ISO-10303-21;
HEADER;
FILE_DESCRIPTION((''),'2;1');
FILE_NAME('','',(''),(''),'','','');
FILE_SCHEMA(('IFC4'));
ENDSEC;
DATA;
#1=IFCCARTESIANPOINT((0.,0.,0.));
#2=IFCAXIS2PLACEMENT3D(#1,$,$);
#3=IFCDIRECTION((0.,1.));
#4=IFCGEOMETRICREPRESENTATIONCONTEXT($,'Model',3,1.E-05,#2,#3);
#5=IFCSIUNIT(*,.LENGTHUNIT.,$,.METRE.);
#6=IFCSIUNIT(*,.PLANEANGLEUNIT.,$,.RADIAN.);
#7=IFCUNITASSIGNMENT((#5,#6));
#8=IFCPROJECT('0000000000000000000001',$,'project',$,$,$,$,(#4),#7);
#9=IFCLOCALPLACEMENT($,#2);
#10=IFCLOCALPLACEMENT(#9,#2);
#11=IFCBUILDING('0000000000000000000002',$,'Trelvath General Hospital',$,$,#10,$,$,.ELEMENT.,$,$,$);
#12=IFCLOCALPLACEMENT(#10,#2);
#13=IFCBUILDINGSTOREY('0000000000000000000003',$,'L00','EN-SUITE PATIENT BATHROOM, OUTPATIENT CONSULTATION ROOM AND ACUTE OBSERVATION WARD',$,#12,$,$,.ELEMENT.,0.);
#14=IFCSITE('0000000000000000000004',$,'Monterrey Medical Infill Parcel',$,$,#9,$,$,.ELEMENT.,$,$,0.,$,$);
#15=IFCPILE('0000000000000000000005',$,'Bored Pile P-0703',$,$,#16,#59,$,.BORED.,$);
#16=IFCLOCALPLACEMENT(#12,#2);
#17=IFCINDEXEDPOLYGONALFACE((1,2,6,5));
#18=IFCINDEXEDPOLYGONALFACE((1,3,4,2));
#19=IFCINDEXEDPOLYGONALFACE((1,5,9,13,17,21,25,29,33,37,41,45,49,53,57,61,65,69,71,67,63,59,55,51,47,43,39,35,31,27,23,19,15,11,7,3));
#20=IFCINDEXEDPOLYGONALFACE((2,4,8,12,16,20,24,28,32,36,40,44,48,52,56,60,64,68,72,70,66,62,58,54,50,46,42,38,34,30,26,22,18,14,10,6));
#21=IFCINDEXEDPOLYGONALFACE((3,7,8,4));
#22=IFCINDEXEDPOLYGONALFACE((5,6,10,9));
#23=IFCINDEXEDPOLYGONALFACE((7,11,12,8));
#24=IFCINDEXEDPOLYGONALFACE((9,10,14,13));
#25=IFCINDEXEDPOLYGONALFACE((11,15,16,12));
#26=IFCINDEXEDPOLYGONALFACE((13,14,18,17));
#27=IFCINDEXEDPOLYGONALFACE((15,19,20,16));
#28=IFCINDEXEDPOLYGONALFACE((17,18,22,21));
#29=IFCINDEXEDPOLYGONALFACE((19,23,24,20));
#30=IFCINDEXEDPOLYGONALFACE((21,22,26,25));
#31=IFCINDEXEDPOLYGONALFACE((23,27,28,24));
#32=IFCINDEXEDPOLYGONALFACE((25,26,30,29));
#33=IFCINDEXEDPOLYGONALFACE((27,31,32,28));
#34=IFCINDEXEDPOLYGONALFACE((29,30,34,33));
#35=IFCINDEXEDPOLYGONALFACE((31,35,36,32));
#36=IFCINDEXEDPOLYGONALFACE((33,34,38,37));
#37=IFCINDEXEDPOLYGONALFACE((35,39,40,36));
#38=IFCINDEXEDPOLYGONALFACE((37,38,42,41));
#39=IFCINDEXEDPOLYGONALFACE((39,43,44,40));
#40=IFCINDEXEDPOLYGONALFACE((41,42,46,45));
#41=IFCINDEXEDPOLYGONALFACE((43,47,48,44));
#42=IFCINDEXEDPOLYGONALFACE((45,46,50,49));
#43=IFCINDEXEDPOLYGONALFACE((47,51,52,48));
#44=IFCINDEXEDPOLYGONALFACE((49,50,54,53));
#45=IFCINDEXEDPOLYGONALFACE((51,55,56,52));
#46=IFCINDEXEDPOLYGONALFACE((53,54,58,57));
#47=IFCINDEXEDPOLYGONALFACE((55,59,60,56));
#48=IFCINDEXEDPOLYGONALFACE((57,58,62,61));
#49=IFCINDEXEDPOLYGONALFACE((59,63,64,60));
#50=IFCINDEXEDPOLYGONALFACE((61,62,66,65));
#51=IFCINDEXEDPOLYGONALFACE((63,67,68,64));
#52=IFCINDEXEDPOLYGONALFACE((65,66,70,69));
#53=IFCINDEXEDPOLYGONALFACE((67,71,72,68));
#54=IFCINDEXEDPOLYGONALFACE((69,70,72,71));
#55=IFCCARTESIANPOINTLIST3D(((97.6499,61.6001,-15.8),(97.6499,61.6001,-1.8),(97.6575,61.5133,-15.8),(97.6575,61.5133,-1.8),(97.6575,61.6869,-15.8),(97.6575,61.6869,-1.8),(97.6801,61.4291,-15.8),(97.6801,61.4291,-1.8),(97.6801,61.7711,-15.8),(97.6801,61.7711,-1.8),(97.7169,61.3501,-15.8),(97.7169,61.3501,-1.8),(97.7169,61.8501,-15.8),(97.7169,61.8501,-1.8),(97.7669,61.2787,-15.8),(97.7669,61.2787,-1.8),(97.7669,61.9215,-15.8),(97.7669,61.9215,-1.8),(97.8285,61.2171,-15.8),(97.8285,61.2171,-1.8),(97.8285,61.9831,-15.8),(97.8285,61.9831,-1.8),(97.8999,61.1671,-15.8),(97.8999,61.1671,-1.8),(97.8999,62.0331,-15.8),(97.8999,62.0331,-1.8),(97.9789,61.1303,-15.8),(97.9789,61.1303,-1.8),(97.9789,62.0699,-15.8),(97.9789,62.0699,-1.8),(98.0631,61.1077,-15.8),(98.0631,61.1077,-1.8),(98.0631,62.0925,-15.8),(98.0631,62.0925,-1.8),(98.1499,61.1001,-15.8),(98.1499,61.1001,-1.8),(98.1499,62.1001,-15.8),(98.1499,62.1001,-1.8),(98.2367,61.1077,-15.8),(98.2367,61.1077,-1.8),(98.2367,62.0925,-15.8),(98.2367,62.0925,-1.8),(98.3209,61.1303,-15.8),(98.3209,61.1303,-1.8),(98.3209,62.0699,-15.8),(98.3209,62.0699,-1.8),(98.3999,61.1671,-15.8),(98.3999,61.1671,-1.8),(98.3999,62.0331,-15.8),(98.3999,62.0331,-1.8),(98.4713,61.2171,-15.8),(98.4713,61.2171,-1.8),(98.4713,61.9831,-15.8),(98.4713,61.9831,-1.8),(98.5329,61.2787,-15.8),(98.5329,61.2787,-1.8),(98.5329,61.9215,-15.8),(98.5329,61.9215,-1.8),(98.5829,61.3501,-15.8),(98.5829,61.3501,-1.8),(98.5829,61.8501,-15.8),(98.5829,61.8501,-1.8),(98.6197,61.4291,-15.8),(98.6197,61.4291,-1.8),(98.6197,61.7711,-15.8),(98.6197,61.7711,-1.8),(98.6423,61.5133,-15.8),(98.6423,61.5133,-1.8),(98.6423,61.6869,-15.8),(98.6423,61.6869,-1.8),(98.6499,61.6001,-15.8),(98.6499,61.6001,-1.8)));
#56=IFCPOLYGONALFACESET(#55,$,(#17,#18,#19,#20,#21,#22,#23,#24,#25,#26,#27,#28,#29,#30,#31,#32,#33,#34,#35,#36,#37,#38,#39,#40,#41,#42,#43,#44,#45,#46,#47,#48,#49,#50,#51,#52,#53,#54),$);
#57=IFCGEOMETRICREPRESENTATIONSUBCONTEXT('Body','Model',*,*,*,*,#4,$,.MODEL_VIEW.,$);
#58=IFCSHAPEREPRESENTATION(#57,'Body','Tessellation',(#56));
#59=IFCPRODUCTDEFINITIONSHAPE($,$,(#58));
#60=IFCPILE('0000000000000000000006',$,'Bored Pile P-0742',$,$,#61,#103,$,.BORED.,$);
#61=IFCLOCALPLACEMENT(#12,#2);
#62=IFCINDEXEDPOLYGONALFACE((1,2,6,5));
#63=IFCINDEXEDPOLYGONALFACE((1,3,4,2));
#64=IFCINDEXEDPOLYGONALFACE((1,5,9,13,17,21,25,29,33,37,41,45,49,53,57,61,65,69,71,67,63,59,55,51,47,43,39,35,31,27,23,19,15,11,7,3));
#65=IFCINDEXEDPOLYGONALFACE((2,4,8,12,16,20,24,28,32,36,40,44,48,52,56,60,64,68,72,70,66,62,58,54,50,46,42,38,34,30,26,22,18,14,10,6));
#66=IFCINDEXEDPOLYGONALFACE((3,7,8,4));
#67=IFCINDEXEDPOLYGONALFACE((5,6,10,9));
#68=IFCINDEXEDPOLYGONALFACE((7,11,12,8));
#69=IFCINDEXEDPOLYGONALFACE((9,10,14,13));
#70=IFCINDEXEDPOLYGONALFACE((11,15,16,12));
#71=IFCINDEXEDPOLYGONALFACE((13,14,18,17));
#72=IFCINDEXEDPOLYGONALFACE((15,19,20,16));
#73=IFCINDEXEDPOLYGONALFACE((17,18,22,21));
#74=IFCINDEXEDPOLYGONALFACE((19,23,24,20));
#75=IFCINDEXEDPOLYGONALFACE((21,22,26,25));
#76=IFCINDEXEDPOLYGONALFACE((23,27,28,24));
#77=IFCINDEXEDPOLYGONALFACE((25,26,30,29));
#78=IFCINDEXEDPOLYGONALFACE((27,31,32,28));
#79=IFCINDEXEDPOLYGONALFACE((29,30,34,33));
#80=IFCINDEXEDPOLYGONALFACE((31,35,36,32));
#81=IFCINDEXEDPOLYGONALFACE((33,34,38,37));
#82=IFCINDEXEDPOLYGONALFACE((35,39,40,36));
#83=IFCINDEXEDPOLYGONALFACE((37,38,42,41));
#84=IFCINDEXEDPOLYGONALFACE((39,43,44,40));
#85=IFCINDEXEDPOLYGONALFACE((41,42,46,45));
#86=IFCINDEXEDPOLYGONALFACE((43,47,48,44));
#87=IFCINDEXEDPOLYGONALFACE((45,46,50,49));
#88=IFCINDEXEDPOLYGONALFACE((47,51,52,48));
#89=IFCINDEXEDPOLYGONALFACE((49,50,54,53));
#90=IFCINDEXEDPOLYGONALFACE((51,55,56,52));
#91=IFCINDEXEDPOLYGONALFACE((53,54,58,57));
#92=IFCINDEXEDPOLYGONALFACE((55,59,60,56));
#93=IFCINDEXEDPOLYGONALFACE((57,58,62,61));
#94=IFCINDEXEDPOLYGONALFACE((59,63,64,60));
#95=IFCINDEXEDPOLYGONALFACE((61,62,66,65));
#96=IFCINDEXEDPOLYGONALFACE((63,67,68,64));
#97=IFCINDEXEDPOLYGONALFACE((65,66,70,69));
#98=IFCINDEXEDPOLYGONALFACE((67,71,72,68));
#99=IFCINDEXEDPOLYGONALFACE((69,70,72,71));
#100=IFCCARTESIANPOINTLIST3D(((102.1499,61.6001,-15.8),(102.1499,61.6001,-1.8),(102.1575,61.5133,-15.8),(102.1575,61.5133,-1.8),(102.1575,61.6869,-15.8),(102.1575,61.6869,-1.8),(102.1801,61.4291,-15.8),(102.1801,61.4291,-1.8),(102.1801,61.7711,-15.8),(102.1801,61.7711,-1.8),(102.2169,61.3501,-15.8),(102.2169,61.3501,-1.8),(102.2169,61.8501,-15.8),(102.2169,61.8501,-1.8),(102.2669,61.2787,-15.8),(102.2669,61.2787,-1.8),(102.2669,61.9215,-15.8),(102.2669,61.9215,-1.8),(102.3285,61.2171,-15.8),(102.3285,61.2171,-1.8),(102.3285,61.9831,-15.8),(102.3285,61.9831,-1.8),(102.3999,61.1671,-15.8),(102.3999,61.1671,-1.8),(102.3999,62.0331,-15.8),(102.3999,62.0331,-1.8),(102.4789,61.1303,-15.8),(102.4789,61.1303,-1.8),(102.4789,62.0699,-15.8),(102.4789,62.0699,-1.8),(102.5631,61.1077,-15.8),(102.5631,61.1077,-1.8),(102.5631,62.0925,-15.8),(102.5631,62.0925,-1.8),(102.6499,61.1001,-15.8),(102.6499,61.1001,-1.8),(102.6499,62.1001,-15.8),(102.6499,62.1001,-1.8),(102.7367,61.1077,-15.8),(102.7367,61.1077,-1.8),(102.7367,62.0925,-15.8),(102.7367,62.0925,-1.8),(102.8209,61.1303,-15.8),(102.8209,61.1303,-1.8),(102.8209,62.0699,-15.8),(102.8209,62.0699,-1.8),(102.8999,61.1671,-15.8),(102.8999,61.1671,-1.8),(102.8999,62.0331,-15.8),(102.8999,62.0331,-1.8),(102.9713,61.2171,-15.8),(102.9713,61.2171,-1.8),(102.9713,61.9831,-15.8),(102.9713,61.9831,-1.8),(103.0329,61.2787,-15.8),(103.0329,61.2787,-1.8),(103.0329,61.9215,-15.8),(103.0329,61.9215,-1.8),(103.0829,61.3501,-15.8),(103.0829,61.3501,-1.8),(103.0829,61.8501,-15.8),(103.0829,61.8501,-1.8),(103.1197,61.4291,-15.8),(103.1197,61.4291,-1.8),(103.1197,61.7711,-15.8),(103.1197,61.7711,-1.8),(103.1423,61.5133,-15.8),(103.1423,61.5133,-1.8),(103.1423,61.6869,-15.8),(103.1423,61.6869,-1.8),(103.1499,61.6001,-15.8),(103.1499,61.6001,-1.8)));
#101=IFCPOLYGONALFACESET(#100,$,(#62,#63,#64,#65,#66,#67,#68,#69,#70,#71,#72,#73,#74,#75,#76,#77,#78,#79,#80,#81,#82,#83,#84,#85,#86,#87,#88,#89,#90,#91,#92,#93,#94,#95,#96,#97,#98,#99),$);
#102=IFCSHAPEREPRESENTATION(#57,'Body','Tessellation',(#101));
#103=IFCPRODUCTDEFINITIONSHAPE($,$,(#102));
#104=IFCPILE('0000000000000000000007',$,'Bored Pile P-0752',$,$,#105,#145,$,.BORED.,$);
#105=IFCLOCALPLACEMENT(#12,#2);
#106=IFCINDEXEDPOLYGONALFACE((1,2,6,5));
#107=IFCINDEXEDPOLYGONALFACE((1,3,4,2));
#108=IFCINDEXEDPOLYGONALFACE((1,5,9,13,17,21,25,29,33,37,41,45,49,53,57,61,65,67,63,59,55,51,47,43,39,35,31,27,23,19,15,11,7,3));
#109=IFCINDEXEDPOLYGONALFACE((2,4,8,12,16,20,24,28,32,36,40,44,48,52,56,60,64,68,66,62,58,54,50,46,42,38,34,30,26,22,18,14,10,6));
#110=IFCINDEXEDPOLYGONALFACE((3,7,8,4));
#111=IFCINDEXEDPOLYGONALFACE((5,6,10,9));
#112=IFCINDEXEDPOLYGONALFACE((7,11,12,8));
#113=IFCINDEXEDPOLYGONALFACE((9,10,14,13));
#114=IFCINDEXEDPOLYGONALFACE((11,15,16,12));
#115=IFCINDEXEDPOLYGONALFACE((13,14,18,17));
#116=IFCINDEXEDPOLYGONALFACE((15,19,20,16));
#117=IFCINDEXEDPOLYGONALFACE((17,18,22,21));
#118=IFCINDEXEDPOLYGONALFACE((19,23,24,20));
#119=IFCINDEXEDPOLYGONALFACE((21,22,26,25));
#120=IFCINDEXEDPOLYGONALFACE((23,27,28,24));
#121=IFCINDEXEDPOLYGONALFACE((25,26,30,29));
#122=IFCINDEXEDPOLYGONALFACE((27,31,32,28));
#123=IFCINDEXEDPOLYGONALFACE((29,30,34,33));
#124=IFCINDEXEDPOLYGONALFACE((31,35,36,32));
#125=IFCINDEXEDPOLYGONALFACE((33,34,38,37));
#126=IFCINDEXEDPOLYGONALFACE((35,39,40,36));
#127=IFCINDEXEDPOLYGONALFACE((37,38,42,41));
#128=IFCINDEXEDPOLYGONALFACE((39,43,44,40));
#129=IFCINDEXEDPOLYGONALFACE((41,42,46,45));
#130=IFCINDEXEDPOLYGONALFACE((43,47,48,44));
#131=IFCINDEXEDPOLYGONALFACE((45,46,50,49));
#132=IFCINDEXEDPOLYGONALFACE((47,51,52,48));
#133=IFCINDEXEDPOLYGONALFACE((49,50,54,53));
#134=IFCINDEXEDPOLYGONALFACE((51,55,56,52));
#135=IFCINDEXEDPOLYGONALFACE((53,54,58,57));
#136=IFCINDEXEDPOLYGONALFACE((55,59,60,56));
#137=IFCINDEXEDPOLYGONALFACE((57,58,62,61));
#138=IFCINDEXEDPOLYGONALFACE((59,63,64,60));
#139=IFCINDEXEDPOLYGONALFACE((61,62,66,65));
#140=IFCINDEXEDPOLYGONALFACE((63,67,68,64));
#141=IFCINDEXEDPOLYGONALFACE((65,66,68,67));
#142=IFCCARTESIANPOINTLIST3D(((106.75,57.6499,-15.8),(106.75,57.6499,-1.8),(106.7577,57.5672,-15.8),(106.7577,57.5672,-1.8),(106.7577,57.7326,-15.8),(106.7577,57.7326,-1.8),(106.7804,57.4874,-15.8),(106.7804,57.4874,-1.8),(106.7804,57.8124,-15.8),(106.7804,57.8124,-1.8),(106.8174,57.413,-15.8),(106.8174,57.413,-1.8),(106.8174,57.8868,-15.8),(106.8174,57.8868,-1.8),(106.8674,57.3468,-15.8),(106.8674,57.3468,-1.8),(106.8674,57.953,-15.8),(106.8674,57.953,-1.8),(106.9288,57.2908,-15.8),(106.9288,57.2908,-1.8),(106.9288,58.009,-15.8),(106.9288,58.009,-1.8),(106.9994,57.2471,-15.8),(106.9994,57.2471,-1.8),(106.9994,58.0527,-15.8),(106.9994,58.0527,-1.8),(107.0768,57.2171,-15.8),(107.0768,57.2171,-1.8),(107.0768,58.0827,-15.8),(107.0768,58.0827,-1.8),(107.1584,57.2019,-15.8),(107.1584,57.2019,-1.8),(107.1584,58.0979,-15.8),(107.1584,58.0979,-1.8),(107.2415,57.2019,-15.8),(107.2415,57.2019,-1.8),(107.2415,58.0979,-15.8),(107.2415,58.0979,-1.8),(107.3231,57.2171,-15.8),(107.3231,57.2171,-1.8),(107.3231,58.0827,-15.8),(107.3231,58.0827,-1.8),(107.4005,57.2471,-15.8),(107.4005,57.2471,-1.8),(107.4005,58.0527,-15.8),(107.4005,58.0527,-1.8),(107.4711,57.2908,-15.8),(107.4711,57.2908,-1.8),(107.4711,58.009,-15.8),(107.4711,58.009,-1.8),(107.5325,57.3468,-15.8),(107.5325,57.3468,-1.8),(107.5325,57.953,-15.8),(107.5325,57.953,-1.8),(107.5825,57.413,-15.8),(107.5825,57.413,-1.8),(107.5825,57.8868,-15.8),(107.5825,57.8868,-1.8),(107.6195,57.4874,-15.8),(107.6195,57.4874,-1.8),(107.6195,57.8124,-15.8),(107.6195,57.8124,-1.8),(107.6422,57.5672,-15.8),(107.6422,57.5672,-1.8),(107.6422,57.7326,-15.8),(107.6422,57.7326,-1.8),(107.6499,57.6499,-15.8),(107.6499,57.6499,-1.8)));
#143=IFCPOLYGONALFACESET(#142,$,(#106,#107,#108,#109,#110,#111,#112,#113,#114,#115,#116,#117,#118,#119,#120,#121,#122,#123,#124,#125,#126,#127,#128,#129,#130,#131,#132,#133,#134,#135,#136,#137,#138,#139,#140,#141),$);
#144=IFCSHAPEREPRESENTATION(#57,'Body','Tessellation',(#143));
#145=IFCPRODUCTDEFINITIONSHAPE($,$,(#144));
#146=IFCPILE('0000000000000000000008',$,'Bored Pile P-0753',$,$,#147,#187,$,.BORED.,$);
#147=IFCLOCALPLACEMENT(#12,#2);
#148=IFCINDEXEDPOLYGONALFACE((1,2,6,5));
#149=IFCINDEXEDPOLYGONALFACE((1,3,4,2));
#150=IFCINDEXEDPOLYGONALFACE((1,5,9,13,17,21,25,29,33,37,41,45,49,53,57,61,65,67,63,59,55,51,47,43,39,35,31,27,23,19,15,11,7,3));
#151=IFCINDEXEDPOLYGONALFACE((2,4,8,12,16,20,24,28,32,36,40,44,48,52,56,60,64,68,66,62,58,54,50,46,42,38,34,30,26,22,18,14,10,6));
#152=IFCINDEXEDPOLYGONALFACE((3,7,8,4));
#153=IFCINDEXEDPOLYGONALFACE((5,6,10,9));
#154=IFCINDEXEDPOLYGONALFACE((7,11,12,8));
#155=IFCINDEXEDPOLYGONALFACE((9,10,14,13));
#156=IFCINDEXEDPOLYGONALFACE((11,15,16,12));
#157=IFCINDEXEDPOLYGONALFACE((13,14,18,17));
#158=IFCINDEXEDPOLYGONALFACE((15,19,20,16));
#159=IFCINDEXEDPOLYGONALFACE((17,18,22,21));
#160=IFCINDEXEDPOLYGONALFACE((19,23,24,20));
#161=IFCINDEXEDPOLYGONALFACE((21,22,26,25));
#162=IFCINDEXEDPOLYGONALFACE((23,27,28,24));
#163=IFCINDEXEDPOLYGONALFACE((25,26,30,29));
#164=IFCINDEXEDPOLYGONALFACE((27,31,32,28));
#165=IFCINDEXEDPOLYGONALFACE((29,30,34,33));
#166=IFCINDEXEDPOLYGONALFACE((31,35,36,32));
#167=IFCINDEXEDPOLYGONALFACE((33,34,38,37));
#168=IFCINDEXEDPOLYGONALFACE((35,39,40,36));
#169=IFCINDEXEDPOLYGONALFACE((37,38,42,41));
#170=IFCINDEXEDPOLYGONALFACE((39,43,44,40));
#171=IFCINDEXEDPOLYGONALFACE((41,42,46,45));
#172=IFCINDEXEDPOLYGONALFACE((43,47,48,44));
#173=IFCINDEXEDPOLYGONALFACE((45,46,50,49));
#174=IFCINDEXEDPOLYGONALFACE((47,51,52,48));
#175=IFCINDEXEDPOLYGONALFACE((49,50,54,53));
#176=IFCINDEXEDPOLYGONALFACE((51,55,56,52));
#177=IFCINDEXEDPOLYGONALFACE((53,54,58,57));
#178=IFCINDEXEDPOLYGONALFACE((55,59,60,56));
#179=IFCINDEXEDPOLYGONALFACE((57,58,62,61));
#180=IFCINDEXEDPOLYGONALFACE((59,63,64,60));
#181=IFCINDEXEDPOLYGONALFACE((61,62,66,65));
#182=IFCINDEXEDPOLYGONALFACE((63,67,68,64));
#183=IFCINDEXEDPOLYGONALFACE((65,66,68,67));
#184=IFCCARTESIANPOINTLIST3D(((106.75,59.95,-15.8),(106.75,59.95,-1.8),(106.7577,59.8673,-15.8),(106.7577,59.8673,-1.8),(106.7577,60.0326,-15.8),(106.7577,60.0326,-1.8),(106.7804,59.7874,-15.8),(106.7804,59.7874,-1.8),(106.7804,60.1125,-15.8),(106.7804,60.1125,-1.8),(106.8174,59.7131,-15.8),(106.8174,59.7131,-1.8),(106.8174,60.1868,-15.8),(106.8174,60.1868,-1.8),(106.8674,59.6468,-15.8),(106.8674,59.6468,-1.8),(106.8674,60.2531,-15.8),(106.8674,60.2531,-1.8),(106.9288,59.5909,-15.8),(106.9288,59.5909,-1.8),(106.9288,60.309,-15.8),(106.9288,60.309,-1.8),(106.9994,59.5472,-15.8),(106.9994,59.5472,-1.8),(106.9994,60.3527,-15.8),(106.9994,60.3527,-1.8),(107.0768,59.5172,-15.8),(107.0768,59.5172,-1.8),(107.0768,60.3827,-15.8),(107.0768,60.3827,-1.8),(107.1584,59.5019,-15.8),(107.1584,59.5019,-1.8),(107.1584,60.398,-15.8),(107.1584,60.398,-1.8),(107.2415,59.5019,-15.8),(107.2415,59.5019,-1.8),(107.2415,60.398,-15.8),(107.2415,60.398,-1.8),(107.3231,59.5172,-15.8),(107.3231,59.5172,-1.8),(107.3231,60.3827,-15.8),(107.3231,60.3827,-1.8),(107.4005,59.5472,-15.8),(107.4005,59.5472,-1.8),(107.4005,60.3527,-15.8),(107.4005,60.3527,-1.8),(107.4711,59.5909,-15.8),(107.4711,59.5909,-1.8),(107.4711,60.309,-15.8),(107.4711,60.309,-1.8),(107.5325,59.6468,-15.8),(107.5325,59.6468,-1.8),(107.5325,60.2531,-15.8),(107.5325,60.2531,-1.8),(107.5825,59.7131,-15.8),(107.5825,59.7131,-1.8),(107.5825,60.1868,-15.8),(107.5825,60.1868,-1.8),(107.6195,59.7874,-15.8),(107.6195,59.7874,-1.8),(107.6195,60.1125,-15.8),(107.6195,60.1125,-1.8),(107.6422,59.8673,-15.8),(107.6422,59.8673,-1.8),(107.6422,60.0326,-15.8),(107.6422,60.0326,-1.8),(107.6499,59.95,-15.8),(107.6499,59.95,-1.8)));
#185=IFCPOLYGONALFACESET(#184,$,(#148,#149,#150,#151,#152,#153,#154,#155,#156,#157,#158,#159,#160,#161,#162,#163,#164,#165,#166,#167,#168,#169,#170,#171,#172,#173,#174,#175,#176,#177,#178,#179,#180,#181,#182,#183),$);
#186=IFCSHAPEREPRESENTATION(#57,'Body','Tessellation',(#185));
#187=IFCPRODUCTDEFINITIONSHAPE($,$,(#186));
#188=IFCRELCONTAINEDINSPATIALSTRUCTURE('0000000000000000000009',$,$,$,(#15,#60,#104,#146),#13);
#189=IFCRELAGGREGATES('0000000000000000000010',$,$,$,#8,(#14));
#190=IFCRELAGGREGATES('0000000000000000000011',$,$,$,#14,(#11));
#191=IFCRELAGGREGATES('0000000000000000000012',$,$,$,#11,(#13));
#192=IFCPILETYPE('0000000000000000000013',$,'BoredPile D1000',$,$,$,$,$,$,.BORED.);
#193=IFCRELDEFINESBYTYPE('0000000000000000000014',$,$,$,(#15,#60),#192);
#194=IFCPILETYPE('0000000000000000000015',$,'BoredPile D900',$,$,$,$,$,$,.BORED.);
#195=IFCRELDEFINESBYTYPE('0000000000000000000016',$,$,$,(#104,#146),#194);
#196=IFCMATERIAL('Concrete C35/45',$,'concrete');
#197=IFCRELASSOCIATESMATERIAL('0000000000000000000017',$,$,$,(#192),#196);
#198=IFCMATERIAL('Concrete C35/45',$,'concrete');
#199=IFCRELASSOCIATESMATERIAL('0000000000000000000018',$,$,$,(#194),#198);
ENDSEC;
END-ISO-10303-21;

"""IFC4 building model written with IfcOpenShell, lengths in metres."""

from ifc_helpers import new_model, si_unit, direction, frame, origin, origin_2d, place, context, subcontext, project, spatial, circle, extrude, material, material_profile, profile_set, type_object, element, save


model = new_model("IFC4")

# Units and contexts
model_context = context("Model", 3, precision=1e-05, world=origin(), true_north=direction((0.0, 1.0)))
body_context = subcontext(model_context, "Body", "Model", "MODEL_VIEW")
ifc_project = project(units=[si_unit("LENGTHUNIT", "METRE"), si_unit("PLANEANGLEUNIT", "RADIAN")], contexts=[model_context])

# Site, building, storey
site_placement = place(None, origin())
site = spatial("IfcSite", under=ifc_project, at=site_placement, Name="Monterrey Medical Infill Parcel", CompositionType="ELEMENT", RefElevation=0.0)
building_placement = place(site_placement, origin())
building = spatial("IfcBuilding", under=site, at=building_placement, Name="Trelvath General Hospital", CompositionType="ELEMENT")
storey_placement = place(building_placement, origin())
storey = spatial("IfcBuildingStorey", under=building, at=storey_placement, Name="L00", Description="EN-SUITE PATIENT BATHROOM, OUTPATIENT CONSULTATION ROOM AND ACUTE OBSERVATION WARD", CompositionType="ELEMENT", Elevation=0.0)

# Piles
ifc_material_1 = material(Name="Concrete C35/45", Category="concrete")
ifc_material_profile_1 = material_profile(ifc_material_1, circle(Radius=0.5, at=origin_2d()), Name="PILE1000")
ifc_profile_set_1 = profile_set([ifc_material_profile_1], Name="Concrete C35/45")
pile_type_1 = type_object("IfcPileType", Name="BoredPile D1000", PredefinedType="BORED", material=ifc_profile_set_1)
for number, where, z_axis, x_axis, name in (
    (1, (98.1499, 61.6001, -1.8), (0.0, 0.0, -1.0), (1.0, 0.0, 0.0), "Bored Pile P-0703"),
    (2, (102.6499, 61.6001, -1.8), (0.0, 0.0, -1.0), (1.0, 0.0, 0.0), "Bored Pile P-0742"),
):
    element("IfcPile", number, at=place(storey_placement, frame(where, z_axis=z_axis, x_axis=x_axis)), inside=storey, type_object=pile_type_1, Name=name, PredefinedType="BORED", context=body_context, shape_type="SweptSolid", body=[
        extrude(circle(Radius=0.5, at=origin_2d()), origin(), (0.0, 0.0, 1.0), 14.0),
    ])
ifc_material_2 = material(Name="Concrete C35/45", Category="concrete")
ifc_material_profile_2 = material_profile(ifc_material_2, circle(Radius=0.45, at=origin_2d()), Name="PILE900")
ifc_profile_set_2 = profile_set([ifc_material_profile_2], Name="Concrete C35/45")
pile_type_2 = type_object("IfcPileType", Name="BoredPile D900", PredefinedType="BORED", material=ifc_profile_set_2)
for number, where, z_axis, x_axis, name in (
    (3, (107.2, 57.6499, -1.8), (0.0, 0.0, -1.0), (1.0, 0.0, 0.0), "Bored Pile P-0752"),
    (4, (107.2, 59.95, -1.8), (0.0, 0.0, -1.0), (1.0, 0.0, 0.0), "Bored Pile P-0753"),
):
    element("IfcPile", number, at=place(storey_placement, frame(where, z_axis=z_axis, x_axis=x_axis)), inside=storey, type_object=pile_type_2, Name=name, PredefinedType="BORED", context=body_context, shape_type="SweptSolid", body=[
        extrude(circle(Radius=0.45, at=origin_2d()), origin(), (0.0, 0.0, 1.0), 14.0),
    ])

save(model, "model.ifc")
